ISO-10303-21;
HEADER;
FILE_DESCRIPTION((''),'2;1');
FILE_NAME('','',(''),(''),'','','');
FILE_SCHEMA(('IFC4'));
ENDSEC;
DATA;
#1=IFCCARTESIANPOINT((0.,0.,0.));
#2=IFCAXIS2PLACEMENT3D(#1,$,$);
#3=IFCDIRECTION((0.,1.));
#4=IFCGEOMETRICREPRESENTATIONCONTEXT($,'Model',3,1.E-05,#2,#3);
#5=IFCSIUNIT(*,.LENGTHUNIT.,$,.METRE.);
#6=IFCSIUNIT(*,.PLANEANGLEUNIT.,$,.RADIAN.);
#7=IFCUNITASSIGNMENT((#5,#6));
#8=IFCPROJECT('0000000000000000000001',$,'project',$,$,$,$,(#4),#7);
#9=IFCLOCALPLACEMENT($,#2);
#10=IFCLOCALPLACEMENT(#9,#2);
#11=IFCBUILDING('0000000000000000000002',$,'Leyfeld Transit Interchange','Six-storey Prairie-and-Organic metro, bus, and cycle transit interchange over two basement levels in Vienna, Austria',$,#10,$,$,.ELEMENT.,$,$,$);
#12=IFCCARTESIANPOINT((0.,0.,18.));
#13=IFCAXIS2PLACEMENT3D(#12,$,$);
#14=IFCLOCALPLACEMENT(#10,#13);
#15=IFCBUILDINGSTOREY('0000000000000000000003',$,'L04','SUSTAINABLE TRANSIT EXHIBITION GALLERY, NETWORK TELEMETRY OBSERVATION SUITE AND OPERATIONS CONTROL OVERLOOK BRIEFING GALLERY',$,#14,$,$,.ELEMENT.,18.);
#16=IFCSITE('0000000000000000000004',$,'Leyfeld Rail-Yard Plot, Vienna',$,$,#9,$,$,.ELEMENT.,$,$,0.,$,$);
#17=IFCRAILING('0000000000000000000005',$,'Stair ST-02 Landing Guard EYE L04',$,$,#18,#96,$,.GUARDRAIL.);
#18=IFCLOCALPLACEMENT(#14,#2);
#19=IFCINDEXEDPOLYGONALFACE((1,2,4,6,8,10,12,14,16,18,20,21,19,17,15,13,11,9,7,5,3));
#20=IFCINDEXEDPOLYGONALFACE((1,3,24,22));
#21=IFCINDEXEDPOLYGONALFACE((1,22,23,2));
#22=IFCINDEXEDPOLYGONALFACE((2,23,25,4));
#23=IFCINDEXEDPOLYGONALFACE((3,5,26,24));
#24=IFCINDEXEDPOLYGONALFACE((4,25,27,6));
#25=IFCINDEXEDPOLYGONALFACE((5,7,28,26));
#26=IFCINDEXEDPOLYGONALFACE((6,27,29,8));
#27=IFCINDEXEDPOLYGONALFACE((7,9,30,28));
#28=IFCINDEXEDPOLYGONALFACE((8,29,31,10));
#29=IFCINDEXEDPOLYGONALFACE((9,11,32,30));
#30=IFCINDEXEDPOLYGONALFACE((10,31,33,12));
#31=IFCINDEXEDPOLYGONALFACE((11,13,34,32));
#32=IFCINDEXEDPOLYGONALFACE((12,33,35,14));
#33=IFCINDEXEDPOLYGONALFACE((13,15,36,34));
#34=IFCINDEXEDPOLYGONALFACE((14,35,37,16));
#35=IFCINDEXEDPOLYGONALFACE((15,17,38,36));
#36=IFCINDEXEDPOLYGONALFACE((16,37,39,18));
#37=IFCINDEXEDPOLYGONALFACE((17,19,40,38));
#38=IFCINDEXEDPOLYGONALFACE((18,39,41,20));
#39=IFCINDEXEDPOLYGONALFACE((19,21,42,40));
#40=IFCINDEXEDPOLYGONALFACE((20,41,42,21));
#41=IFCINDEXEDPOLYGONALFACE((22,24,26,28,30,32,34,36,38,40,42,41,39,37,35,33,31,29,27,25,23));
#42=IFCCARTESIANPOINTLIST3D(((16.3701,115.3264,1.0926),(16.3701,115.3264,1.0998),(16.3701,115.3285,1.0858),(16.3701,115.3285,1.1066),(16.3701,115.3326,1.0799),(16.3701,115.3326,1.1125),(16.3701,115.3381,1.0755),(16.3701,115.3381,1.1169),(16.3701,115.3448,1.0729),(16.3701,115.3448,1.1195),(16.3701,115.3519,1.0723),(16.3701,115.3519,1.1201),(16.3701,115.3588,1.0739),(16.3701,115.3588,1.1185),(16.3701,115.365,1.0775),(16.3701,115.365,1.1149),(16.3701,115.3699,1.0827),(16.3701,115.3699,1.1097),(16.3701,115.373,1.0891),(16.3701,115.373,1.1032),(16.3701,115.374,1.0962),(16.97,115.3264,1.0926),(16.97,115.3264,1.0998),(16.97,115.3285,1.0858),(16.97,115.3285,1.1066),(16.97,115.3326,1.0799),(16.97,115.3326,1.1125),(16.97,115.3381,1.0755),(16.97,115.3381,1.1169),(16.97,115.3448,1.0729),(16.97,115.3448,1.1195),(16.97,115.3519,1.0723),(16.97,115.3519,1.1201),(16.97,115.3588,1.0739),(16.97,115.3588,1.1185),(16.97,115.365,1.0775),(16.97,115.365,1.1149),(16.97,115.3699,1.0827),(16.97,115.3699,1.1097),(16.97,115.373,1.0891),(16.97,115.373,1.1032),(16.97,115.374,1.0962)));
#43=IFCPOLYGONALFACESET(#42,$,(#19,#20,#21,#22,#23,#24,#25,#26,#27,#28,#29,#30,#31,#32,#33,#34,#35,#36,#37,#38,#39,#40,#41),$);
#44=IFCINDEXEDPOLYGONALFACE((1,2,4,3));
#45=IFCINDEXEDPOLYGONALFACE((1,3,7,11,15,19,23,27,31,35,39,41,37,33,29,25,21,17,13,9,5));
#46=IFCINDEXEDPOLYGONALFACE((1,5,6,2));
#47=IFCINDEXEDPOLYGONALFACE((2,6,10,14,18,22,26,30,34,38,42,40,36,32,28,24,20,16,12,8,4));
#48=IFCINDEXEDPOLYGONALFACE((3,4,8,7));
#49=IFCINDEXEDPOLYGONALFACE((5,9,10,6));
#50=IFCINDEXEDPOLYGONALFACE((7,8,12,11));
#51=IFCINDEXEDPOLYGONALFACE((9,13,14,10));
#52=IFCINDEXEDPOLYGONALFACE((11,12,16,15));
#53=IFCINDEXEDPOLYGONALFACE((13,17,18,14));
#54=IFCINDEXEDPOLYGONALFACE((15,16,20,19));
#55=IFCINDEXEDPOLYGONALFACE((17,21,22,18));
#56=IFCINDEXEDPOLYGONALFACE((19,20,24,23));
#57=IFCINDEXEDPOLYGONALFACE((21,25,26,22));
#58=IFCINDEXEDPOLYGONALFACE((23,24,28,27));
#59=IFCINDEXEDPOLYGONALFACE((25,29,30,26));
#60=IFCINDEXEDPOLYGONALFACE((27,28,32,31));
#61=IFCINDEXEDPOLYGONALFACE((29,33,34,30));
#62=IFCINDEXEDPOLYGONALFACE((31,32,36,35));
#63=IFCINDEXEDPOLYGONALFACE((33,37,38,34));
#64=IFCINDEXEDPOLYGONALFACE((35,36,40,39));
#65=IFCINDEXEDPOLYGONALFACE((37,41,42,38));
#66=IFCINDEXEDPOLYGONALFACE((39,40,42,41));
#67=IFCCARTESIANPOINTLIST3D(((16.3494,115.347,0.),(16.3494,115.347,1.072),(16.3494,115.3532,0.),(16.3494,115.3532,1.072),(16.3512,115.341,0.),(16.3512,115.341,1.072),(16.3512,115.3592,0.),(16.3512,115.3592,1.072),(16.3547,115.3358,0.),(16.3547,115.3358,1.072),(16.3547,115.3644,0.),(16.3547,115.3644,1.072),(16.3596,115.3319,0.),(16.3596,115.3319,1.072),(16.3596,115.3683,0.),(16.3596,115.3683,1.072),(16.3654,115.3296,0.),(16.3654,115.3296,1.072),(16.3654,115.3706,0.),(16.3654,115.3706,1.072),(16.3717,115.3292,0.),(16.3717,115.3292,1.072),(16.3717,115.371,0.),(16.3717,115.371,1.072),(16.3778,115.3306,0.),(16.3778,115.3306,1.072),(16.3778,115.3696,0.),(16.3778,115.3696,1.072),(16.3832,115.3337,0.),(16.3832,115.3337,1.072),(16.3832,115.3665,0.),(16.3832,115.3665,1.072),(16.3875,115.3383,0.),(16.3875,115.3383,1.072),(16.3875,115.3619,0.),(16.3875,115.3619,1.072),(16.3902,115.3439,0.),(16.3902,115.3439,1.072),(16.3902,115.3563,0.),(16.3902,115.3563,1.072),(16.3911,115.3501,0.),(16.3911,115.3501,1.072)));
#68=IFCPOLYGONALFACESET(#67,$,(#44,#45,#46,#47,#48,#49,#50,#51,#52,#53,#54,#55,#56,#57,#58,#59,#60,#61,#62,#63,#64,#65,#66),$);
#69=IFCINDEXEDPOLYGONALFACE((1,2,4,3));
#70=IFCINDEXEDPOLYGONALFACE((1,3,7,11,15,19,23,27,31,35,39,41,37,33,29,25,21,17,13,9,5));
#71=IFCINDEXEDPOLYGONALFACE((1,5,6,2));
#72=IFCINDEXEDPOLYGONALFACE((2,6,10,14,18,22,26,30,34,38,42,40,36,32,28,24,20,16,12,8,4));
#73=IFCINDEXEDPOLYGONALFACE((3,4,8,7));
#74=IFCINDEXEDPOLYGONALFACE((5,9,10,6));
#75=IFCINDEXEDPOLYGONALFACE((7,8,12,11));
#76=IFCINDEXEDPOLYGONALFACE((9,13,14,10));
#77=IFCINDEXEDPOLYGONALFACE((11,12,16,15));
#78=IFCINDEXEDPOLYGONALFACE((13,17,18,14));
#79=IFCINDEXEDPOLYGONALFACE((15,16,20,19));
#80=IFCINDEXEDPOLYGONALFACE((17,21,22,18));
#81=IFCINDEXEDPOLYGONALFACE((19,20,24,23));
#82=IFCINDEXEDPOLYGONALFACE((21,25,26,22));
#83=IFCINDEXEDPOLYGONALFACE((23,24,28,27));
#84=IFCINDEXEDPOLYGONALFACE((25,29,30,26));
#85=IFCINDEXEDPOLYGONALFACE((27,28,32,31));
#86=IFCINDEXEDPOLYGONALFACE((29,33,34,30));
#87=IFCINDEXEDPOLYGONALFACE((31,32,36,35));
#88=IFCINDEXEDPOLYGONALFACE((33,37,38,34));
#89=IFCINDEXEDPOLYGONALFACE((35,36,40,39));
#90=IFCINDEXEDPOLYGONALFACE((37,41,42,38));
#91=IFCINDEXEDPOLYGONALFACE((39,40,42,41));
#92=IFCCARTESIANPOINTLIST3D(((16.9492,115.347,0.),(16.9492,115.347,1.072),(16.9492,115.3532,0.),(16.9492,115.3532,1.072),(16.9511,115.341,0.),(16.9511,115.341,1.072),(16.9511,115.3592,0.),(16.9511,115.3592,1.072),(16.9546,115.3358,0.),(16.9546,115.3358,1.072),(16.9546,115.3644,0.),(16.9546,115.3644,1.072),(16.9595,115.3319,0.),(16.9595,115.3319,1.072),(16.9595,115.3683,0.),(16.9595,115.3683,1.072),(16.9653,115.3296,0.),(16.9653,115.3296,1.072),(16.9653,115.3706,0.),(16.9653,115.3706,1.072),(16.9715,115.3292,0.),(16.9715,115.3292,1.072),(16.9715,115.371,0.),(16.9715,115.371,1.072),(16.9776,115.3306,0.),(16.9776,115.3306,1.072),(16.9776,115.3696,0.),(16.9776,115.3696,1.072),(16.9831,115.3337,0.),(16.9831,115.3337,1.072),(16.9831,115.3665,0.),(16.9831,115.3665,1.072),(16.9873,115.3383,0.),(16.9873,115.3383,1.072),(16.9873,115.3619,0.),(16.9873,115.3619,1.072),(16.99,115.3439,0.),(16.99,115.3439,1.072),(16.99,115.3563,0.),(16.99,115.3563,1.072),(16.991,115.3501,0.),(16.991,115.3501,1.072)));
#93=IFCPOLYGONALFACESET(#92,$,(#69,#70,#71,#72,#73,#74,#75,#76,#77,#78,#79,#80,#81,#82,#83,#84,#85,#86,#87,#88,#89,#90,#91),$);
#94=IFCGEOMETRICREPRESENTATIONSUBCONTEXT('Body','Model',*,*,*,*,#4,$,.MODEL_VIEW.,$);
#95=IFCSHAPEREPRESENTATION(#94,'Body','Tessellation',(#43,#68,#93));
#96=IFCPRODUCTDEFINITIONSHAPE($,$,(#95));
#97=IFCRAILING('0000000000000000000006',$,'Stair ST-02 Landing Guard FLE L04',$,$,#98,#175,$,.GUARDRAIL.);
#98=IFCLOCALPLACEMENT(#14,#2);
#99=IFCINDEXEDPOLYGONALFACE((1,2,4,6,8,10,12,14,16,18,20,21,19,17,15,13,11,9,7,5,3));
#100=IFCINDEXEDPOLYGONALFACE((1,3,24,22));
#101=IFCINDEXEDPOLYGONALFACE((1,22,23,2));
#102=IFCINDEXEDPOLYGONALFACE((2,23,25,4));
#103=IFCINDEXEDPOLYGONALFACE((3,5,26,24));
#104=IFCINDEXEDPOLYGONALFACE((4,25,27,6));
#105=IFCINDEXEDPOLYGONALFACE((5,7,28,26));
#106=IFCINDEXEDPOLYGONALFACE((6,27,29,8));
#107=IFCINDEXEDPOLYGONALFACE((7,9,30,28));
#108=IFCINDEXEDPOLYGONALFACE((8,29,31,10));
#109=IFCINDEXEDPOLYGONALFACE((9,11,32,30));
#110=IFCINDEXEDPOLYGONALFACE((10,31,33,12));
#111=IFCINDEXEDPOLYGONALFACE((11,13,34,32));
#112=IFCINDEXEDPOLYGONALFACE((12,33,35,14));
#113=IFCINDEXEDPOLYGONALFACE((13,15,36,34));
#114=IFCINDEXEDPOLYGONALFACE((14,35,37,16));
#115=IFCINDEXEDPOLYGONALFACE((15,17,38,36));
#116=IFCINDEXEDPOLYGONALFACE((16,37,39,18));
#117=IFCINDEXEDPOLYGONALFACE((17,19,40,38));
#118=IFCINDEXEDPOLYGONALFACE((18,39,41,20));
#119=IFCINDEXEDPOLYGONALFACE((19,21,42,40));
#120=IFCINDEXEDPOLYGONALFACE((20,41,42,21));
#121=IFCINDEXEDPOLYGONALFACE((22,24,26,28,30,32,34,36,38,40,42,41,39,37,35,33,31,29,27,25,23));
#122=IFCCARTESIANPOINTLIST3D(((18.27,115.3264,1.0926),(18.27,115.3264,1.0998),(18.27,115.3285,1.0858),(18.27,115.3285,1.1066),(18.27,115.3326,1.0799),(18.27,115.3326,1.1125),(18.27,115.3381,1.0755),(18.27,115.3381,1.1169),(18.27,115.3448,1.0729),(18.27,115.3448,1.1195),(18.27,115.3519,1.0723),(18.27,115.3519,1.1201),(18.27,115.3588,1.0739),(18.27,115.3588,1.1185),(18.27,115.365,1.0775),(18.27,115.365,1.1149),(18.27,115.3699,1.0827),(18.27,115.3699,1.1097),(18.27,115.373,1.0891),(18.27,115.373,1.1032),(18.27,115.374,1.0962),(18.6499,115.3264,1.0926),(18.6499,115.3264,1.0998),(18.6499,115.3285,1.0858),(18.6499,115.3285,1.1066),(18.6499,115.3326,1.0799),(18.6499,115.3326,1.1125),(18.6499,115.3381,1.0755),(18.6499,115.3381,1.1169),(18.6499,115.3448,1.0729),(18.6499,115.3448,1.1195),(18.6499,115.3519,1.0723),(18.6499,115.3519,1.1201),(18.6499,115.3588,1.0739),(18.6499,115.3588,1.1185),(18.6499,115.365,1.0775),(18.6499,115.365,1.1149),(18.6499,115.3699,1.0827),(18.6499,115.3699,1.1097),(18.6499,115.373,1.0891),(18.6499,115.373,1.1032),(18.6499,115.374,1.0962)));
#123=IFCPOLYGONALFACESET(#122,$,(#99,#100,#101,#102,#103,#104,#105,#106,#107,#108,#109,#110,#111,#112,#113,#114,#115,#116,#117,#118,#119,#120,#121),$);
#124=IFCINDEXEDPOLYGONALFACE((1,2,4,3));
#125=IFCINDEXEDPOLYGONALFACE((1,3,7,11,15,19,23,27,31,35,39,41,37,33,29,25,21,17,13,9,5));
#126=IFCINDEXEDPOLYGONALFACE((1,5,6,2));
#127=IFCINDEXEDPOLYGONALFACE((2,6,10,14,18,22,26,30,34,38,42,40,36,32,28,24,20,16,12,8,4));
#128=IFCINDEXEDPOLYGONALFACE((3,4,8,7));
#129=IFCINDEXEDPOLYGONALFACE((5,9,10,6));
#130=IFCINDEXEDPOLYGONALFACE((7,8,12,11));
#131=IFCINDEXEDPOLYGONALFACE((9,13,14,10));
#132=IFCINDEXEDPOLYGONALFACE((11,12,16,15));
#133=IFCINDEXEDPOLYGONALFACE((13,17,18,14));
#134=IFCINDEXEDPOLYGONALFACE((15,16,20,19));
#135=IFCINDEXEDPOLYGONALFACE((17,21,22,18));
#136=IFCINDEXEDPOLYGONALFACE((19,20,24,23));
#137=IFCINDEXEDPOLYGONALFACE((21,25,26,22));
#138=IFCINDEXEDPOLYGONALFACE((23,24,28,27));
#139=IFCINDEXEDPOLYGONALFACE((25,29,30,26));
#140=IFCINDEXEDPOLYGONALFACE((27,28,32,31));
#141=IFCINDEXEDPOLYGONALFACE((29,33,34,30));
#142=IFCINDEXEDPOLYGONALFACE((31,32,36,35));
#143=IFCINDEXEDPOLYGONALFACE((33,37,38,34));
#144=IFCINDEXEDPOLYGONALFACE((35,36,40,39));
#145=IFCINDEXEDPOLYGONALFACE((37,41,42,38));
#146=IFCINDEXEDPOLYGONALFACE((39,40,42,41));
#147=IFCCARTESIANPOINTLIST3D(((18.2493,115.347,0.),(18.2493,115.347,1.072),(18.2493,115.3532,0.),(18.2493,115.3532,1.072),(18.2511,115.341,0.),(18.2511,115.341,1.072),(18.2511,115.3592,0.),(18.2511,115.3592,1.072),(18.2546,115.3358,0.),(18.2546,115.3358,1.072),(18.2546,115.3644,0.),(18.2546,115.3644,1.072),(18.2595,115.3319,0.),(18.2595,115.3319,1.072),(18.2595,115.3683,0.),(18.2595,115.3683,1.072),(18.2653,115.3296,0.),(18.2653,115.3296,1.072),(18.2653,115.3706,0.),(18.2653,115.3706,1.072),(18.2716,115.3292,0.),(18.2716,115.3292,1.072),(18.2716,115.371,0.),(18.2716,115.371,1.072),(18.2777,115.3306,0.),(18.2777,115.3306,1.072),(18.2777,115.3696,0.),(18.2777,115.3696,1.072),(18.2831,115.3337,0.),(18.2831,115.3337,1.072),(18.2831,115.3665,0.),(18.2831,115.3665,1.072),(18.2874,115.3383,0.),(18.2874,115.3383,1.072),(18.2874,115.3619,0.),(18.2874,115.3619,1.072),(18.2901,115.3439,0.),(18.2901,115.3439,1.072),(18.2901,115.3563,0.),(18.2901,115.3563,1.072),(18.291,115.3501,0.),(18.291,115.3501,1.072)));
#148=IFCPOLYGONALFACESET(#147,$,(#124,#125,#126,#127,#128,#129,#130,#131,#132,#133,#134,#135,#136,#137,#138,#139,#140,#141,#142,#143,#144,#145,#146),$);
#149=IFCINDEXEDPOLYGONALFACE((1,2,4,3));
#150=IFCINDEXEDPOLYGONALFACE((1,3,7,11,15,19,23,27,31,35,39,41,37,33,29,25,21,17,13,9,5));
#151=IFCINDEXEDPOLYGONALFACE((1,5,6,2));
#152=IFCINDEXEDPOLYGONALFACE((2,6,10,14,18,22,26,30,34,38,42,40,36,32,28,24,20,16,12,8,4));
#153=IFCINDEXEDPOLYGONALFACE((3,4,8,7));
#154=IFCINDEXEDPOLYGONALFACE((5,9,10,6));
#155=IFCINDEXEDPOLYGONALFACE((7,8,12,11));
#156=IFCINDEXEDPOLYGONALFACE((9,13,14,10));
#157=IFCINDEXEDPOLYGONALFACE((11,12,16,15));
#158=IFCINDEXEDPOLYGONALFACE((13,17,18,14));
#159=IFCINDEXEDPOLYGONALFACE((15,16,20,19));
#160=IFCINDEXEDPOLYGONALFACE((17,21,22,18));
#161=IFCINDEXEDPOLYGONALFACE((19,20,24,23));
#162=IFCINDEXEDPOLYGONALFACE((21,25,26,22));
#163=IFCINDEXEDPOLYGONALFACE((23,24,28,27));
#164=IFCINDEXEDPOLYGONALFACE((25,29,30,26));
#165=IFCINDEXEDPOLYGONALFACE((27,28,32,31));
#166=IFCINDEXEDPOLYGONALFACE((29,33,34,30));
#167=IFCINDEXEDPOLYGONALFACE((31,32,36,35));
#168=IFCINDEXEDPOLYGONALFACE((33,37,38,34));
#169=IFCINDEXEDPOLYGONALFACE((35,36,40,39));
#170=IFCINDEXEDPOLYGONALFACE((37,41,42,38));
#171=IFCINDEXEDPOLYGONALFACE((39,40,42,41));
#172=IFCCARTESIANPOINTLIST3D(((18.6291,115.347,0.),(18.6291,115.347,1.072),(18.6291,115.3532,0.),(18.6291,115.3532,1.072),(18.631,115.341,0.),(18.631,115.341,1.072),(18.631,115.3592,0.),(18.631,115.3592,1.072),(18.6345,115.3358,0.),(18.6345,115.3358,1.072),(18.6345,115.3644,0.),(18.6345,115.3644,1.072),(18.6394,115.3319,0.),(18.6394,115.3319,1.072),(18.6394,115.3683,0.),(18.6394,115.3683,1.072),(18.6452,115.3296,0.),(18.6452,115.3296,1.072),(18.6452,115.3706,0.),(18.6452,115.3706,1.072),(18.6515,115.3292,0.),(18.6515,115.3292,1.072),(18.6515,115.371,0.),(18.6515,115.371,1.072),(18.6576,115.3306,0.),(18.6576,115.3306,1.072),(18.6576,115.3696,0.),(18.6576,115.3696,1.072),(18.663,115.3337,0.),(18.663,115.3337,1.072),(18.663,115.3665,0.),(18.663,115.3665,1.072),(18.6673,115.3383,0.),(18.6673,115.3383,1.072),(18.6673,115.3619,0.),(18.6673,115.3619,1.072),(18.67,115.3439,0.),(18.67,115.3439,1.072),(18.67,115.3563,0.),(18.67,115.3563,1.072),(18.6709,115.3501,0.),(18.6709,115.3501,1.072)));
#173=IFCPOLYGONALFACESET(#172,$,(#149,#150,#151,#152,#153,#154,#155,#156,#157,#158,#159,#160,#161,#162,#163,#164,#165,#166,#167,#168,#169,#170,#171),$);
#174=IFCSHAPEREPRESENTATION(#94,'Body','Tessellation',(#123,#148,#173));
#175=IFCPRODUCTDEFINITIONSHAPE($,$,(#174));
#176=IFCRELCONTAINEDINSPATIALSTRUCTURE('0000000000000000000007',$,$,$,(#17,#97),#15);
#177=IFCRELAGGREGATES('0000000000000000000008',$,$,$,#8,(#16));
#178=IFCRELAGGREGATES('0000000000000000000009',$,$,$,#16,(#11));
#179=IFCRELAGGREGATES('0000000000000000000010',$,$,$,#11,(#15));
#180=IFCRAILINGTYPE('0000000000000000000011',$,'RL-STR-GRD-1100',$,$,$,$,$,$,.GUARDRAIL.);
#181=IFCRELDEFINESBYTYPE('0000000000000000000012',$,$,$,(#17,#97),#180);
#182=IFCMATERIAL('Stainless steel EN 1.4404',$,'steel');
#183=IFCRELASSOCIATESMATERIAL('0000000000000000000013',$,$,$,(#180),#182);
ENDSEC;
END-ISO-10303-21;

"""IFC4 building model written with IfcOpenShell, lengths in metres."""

from ifc_helpers import new_model, si_unit, direction, frame, origin, origin_2d, place, context, subcontext, project, spatial, circle, extrude, material, type_object, element, save


model = new_model("IFC4")

# Units and contexts
model_context = context("Model", 3, precision=1e-05, world=origin(), true_north=direction((0.0, 1.0)))
body_context = subcontext(model_context, "Body", "Model", "MODEL_VIEW")
ifc_project = project(units=[si_unit("LENGTHUNIT", "METRE"), si_unit("PLANEANGLEUNIT", "RADIAN")], contexts=[model_context])

# Site, building, storey
site_placement = place(None, origin())
site = spatial("IfcSite", under=ifc_project, at=site_placement, Name="Leyfeld Rail-Yard Plot, Vienna", CompositionType="ELEMENT", RefElevation=0.0)
building_placement = place(site_placement, origin())
building = spatial("IfcBuilding", under=site, at=building_placement, Name="Leyfeld Transit Interchange", Description="Six-storey Prairie-and-Organic metro, bus, and cycle transit interchange over two basement levels in Vienna, Austria", CompositionType="ELEMENT")
storey_placement = place(building_placement, frame((0.0, 0.0, 18.0)))
storey = spatial("IfcBuildingStorey", under=building, at=storey_placement, Name="L04", Description="SUSTAINABLE TRANSIT EXHIBITION GALLERY, NETWORK TELEMETRY OBSERVATION SUITE AND OPERATIONS CONTROL OVERLOOK BRIEFING GALLERY", CompositionType="ELEMENT", Elevation=18.0)

# Shared definitions
ifc_material_1 = material(Name="Stainless steel EN 1.4404", Category="steel")

# Railings
railing_type_1 = type_object("IfcRailingType", Name="RL-STR-GRD-1100", PredefinedType="GUARDRAIL", material=ifc_material_1)
railing_1_placement = place(storey_placement, frame((16.3701, 115.3501, 0.0)))
element("IfcRailing", 1, at=railing_1_placement, inside=storey, type_object=railing_type_1, Name="Stair ST-02 Landing Guard EYE L04", PredefinedType="GUARDRAIL", context=body_context, shape_type="SweptSolid", body=[
    extrude(circle(Radius=0.0239, at=origin_2d()), frame((0.0, 0.0, 1.0962), z_axis=(1.0, 0.0, 0.0), x_axis=(0.0, 1.0, 0.0)), (0.0, 0.0, 1.0), 0.5999),
    extrude(circle(Radius=0.021, at=origin_2d()), origin(), (0.0, 0.0, 1.0), 1.072),
    extrude(circle(Radius=0.021, at=origin_2d()), frame((0.5999, 0.0, 0.0)), (0.0, 0.0, 1.0), 1.072),
])
railing_2_placement = place(storey_placement, frame((18.27, 115.3501, 0.0)))
element("IfcRailing", 2, at=railing_2_placement, inside=storey, type_object=railing_type_1, Name="Stair ST-02 Landing Guard FLE L04", PredefinedType="GUARDRAIL", context=body_context, shape_type="SweptSolid", body=[
    extrude(circle(Radius=0.0239, at=origin_2d()), frame((0.0, 0.0, 1.0962), z_axis=(1.0, 0.0, 0.0), x_axis=(0.0, 1.0, 0.0)), (0.0, 0.0, 1.0), 0.3799),
    extrude(circle(Radius=0.021, at=origin_2d()), origin(), (0.0, 0.0, 1.0), 1.072),
    extrude(circle(Radius=0.021, at=origin_2d()), frame((0.3799, 0.0, 0.0)), (0.0, 0.0, 1.0), 1.072),
])

save(model, "model.ifc")
